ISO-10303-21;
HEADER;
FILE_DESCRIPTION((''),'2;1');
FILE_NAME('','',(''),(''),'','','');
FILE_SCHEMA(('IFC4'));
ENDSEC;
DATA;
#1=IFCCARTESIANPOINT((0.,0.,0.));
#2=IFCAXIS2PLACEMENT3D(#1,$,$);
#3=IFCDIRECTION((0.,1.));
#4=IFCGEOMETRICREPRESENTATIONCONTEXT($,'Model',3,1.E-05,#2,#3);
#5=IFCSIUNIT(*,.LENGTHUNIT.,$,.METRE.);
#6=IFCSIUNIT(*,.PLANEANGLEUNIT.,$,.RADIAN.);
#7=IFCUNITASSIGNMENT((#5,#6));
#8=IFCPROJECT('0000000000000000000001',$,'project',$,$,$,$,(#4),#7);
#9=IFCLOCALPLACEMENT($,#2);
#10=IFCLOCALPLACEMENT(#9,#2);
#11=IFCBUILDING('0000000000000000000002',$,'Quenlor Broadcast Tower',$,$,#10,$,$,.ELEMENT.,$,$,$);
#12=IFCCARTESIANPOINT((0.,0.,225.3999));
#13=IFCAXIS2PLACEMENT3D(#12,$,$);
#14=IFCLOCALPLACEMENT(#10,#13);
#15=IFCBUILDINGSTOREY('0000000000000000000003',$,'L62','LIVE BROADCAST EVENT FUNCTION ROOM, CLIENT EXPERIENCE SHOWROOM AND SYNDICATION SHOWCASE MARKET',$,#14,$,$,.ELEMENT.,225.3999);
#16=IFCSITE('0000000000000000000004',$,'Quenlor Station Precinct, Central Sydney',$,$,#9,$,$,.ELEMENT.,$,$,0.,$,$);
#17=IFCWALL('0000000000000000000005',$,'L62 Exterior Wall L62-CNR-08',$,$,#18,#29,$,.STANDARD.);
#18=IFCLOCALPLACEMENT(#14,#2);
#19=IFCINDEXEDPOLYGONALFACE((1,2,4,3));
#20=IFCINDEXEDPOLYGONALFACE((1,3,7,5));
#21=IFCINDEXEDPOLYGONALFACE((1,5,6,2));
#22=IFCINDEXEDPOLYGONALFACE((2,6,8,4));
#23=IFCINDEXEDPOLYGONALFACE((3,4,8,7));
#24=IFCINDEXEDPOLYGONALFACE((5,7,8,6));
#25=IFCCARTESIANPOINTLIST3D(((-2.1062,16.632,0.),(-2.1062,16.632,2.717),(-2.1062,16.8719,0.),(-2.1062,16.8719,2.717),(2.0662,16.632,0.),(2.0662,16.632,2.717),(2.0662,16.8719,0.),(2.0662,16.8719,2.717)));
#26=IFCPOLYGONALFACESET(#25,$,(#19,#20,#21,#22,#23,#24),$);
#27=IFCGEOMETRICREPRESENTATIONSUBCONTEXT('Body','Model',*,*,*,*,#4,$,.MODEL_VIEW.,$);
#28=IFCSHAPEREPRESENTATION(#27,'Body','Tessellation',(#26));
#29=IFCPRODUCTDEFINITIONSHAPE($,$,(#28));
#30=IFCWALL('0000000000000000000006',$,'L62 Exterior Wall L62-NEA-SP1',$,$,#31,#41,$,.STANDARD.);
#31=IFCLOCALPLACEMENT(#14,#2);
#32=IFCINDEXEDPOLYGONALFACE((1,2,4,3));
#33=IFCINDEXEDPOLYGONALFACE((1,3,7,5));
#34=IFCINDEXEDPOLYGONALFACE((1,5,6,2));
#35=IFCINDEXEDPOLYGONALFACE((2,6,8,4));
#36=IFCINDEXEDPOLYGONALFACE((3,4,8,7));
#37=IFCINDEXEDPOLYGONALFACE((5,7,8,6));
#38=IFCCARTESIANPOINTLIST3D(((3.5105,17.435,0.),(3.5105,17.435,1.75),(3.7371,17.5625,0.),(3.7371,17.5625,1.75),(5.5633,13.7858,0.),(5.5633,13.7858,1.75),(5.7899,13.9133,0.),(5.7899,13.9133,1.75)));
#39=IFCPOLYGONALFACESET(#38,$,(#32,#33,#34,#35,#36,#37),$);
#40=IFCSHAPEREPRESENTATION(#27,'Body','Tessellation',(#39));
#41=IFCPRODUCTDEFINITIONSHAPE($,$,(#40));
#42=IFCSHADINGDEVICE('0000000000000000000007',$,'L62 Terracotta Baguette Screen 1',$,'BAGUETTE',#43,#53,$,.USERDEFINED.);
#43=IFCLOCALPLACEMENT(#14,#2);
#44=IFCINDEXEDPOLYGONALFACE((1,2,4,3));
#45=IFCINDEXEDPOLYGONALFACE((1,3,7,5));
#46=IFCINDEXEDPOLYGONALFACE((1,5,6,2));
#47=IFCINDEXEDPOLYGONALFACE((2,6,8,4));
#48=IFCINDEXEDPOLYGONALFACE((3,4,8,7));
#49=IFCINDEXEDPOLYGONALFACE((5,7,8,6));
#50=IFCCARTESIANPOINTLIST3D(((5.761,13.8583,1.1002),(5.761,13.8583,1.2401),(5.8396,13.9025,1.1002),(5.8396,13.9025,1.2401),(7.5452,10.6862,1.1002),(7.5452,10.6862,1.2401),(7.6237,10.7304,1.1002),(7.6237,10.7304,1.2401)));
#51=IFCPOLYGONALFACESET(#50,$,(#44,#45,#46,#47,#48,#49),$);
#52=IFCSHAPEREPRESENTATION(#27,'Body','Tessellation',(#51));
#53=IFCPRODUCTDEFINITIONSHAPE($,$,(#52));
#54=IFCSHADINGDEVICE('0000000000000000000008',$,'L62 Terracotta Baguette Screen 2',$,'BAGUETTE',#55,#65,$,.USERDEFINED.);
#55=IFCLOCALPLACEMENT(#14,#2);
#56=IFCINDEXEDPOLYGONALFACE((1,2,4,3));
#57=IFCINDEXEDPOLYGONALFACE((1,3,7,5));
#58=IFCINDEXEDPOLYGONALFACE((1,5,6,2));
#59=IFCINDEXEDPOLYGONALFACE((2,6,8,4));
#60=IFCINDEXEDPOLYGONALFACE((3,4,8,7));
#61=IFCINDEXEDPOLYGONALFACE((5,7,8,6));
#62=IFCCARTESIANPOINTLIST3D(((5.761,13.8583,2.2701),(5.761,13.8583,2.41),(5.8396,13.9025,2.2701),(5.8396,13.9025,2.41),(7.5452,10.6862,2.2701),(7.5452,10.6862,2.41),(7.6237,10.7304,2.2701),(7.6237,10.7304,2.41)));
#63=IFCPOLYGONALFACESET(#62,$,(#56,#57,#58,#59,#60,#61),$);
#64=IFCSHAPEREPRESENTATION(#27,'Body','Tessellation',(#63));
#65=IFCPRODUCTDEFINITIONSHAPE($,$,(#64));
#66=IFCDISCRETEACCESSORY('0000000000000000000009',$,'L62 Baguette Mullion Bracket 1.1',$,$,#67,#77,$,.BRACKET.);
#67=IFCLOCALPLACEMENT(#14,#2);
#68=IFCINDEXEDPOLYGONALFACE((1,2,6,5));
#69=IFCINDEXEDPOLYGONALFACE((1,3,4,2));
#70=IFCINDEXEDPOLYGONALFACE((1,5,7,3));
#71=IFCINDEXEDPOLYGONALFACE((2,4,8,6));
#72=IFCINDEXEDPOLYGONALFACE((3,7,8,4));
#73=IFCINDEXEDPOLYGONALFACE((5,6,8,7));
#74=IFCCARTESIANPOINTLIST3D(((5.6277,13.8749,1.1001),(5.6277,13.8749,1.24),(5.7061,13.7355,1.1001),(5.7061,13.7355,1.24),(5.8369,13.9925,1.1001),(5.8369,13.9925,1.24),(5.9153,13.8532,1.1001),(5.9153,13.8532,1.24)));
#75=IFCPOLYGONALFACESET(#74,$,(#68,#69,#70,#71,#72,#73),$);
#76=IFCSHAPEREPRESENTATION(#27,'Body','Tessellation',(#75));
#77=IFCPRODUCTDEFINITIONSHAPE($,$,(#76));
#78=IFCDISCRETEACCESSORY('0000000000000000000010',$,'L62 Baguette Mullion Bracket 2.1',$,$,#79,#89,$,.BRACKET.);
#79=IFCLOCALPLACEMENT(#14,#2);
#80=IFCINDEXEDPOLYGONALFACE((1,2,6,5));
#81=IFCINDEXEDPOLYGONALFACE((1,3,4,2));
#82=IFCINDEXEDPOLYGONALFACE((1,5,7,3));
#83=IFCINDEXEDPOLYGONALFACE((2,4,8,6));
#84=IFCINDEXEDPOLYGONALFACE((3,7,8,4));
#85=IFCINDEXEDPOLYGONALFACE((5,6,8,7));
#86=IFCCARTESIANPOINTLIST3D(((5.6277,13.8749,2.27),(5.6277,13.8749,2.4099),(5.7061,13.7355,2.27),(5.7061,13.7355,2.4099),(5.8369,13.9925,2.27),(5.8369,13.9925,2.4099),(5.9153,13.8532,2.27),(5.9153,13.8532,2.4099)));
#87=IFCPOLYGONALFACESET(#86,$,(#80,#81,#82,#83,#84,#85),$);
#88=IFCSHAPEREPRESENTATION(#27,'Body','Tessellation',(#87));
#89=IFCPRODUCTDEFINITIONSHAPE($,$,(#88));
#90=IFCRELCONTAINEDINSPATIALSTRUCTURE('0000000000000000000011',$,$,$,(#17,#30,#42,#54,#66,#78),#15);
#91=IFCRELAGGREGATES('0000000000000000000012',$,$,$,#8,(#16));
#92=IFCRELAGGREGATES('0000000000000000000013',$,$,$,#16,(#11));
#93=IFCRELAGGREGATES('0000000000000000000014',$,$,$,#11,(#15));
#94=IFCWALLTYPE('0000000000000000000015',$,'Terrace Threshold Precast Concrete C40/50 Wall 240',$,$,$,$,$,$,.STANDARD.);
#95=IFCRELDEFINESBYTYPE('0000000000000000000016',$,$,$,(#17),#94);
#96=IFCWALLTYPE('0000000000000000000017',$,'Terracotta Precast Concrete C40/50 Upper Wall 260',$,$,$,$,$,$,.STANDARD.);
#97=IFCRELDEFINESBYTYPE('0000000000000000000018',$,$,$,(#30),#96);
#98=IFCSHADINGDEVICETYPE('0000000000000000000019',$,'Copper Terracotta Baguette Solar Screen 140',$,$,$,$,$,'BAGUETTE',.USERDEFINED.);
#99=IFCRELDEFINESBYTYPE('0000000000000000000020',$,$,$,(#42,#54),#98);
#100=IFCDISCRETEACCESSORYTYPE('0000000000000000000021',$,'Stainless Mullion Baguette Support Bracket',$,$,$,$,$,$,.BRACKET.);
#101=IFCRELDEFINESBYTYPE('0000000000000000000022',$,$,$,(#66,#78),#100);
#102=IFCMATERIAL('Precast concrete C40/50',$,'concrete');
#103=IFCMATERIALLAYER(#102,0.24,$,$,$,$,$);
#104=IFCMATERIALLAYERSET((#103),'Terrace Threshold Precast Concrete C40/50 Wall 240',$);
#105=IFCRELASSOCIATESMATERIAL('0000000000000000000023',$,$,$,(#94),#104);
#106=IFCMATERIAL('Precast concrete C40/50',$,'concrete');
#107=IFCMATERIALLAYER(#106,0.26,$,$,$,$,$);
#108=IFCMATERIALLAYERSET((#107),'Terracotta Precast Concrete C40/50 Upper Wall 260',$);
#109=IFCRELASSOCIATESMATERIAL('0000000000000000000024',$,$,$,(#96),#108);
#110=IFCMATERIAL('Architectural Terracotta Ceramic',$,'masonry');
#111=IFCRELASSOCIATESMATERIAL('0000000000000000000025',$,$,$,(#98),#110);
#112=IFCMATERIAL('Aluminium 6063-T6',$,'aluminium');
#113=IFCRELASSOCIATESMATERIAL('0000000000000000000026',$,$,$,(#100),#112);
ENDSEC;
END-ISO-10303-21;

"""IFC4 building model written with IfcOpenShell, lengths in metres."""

from ifc_helpers import new_model, si_unit, direction, frame, frame_2d, origin, origin_2d, place, context, subcontext, project, spatial, rectangle, extrude, material, layer, layer_set, material_profile, profile_set, type_object, element, save


model = new_model("IFC4")

# Units and contexts
model_context = context("Model", 3, precision=1e-05, world=origin(), true_north=direction((0.0, 1.0)))
body_context = subcontext(model_context, "Body", "Model", "MODEL_VIEW")
ifc_project = project(units=[si_unit("LENGTHUNIT", "METRE"), si_unit("PLANEANGLEUNIT", "RADIAN")], contexts=[model_context])

# Site, building, storey
site_placement = place(None, origin())
site = spatial("IfcSite", under=ifc_project, at=site_placement, Name="Quenlor Station Precinct, Central Sydney", CompositionType="ELEMENT", RefElevation=0.0)
building_placement = place(site_placement, origin())
building = spatial("IfcBuilding", under=site, at=building_placement, Name="Quenlor Broadcast Tower", CompositionType="ELEMENT")
storey_placement = place(building_placement, frame((0.0, 0.0, 225.3999)))
storey = spatial("IfcBuildingStorey", under=building, at=storey_placement, Name="L62", Description="LIVE BROADCAST EVENT FUNCTION ROOM, CLIENT EXPERIENCE SHOWROOM AND SYNDICATION SHOWCASE MARKET", CompositionType="ELEMENT", Elevation=225.3999)

# Walls
ifc_material_1 = material(Name="Precast concrete C40/50", Category="concrete")
ifc_layer_1 = layer(ifc_material_1, 0.24)
ifc_layer_set_1 = layer_set([ifc_layer_1], Name="Terrace Threshold Precast Concrete C40/50 Wall 240")
wall_type_1 = type_object("IfcWallType", Name="Terrace Threshold Precast Concrete C40/50 Wall 240", PredefinedType="STANDARD", material=ifc_layer_set_1)
wall_1_placement = place(storey_placement, frame((2.0662, 16.752, 0.0), z_axis=(0.0, 0.0, 1.0), x_axis=(-1.0, 0.0, 0.0)))
element("IfcWall", 1, at=wall_1_placement, inside=storey, type_object=wall_type_1, Name="L62 Exterior Wall L62-CNR-08", PredefinedType="STANDARD", context=body_context, shape_type="SweptSolid", body=[
    extrude(rectangle(XDim=4.1724, YDim=0.24, at=frame_2d((2.0862, 0.0))), origin(), (0.0, 0.0, 1.0), 2.717),
])
ifc_material_2 = material(Name="Precast concrete C40/50", Category="concrete")
ifc_layer_2 = layer(ifc_material_2, 0.26)
ifc_layer_set_2 = layer_set([ifc_layer_2], Name="Terracotta Precast Concrete C40/50 Upper Wall 260")
wall_type_2 = type_object("IfcWallType", Name="Terracotta Precast Concrete C40/50 Upper Wall 260", PredefinedType="STANDARD", material=ifc_layer_set_2)
wall_2_placement = place(storey_placement, frame((3.6238, 17.4988, 0.0), z_axis=(0.0, 0.0, 1.0), x_axis=(0.490275, -0.871568, 0.0)))
element("IfcWall", 2, at=wall_2_placement, inside=storey, type_object=wall_type_2, Name="L62 Exterior Wall L62-NEA-SP1", PredefinedType="STANDARD", context=body_context, shape_type="SweptSolid", body=[
    extrude(rectangle(XDim=4.187, YDim=0.26, at=frame_2d((2.0935, 0.0))), origin(), (0.0, 0.0, 1.0), 1.75),
])

# Shading devices
ifc_material_3 = material(Name="Architectural Terracotta Ceramic", Category="masonry")
ifc_material_profile_1 = material_profile(ifc_material_3, rectangle(XDim=0.0901, YDim=0.1399, at=origin_2d()))
ifc_profile_set_1 = profile_set([ifc_material_profile_1], Name="Architectural Terracotta Ceramic BAG90x140")
shading_device_type = type_object("IfcShadingDeviceType", Name="Copper Terracotta Baguette Solar Screen 140", ElementType="BAGUETTE", PredefinedType="USERDEFINED", material=ifc_profile_set_1)
for number, where, z_axis, x_axis, name in (
    (3, (5.8003, 13.8804, 1.1702), (0.490233, -0.871592, 0.0), (0.871592, 0.490233, 0.0), "L62 Terracotta Baguette Screen 1"),
    (4, (5.8003, 13.8804, 2.3401), (0.490233, -0.871592, 0.0), (0.871592, 0.490233, 0.0), "L62 Terracotta Baguette Screen 2"),
):
    element("IfcShadingDevice", number, at=place(storey_placement, frame(where, z_axis=z_axis, x_axis=x_axis)), inside=storey, type_object=shading_device_type, Name=name, ObjectType="BAGUETTE", PredefinedType="USERDEFINED", context=body_context, shape_type="SweptSolid", body=[
        extrude(rectangle(XDim=0.0901, YDim=0.1399, at=origin_2d()), origin(), (0.0, 0.0, 1.0), 3.6394),
    ])

# Discrete accessories
ifc_material_4 = material(Name="Aluminium 6063-T6", Category="aluminium")
discrete_accessory_type = type_object("IfcDiscreteAccessoryType", Name="Stainless Mullion Baguette Support Bracket", PredefinedType="BRACKET", material=ifc_material_4)
for number, where, z_axis, x_axis, name in (
    (5, (5.7715, 13.864, 1.1001), (0.0, 0.0, 1.0), (0.49026, -0.871576, 0.0), "L62 Baguette Mullion Bracket 1.1"),
    (6, (5.7715, 13.864, 2.27), (0.0, 0.0, 1.0), (0.49026, -0.871576, 0.0), "L62 Baguette Mullion Bracket 2.1"),
):
    element("IfcDiscreteAccessory", number, at=place(storey_placement, frame(where, z_axis=z_axis, x_axis=x_axis)), inside=storey, type_object=discrete_accessory_type, Name=name, PredefinedType="BRACKET", context=body_context, shape_type="SweptSolid", body=[
        extrude(rectangle(XDim=0.1599, YDim=0.24, at=origin_2d()), origin(), (0.0, 0.0, 1.0), 0.1399),
    ])

save(model, "model.ifc")
